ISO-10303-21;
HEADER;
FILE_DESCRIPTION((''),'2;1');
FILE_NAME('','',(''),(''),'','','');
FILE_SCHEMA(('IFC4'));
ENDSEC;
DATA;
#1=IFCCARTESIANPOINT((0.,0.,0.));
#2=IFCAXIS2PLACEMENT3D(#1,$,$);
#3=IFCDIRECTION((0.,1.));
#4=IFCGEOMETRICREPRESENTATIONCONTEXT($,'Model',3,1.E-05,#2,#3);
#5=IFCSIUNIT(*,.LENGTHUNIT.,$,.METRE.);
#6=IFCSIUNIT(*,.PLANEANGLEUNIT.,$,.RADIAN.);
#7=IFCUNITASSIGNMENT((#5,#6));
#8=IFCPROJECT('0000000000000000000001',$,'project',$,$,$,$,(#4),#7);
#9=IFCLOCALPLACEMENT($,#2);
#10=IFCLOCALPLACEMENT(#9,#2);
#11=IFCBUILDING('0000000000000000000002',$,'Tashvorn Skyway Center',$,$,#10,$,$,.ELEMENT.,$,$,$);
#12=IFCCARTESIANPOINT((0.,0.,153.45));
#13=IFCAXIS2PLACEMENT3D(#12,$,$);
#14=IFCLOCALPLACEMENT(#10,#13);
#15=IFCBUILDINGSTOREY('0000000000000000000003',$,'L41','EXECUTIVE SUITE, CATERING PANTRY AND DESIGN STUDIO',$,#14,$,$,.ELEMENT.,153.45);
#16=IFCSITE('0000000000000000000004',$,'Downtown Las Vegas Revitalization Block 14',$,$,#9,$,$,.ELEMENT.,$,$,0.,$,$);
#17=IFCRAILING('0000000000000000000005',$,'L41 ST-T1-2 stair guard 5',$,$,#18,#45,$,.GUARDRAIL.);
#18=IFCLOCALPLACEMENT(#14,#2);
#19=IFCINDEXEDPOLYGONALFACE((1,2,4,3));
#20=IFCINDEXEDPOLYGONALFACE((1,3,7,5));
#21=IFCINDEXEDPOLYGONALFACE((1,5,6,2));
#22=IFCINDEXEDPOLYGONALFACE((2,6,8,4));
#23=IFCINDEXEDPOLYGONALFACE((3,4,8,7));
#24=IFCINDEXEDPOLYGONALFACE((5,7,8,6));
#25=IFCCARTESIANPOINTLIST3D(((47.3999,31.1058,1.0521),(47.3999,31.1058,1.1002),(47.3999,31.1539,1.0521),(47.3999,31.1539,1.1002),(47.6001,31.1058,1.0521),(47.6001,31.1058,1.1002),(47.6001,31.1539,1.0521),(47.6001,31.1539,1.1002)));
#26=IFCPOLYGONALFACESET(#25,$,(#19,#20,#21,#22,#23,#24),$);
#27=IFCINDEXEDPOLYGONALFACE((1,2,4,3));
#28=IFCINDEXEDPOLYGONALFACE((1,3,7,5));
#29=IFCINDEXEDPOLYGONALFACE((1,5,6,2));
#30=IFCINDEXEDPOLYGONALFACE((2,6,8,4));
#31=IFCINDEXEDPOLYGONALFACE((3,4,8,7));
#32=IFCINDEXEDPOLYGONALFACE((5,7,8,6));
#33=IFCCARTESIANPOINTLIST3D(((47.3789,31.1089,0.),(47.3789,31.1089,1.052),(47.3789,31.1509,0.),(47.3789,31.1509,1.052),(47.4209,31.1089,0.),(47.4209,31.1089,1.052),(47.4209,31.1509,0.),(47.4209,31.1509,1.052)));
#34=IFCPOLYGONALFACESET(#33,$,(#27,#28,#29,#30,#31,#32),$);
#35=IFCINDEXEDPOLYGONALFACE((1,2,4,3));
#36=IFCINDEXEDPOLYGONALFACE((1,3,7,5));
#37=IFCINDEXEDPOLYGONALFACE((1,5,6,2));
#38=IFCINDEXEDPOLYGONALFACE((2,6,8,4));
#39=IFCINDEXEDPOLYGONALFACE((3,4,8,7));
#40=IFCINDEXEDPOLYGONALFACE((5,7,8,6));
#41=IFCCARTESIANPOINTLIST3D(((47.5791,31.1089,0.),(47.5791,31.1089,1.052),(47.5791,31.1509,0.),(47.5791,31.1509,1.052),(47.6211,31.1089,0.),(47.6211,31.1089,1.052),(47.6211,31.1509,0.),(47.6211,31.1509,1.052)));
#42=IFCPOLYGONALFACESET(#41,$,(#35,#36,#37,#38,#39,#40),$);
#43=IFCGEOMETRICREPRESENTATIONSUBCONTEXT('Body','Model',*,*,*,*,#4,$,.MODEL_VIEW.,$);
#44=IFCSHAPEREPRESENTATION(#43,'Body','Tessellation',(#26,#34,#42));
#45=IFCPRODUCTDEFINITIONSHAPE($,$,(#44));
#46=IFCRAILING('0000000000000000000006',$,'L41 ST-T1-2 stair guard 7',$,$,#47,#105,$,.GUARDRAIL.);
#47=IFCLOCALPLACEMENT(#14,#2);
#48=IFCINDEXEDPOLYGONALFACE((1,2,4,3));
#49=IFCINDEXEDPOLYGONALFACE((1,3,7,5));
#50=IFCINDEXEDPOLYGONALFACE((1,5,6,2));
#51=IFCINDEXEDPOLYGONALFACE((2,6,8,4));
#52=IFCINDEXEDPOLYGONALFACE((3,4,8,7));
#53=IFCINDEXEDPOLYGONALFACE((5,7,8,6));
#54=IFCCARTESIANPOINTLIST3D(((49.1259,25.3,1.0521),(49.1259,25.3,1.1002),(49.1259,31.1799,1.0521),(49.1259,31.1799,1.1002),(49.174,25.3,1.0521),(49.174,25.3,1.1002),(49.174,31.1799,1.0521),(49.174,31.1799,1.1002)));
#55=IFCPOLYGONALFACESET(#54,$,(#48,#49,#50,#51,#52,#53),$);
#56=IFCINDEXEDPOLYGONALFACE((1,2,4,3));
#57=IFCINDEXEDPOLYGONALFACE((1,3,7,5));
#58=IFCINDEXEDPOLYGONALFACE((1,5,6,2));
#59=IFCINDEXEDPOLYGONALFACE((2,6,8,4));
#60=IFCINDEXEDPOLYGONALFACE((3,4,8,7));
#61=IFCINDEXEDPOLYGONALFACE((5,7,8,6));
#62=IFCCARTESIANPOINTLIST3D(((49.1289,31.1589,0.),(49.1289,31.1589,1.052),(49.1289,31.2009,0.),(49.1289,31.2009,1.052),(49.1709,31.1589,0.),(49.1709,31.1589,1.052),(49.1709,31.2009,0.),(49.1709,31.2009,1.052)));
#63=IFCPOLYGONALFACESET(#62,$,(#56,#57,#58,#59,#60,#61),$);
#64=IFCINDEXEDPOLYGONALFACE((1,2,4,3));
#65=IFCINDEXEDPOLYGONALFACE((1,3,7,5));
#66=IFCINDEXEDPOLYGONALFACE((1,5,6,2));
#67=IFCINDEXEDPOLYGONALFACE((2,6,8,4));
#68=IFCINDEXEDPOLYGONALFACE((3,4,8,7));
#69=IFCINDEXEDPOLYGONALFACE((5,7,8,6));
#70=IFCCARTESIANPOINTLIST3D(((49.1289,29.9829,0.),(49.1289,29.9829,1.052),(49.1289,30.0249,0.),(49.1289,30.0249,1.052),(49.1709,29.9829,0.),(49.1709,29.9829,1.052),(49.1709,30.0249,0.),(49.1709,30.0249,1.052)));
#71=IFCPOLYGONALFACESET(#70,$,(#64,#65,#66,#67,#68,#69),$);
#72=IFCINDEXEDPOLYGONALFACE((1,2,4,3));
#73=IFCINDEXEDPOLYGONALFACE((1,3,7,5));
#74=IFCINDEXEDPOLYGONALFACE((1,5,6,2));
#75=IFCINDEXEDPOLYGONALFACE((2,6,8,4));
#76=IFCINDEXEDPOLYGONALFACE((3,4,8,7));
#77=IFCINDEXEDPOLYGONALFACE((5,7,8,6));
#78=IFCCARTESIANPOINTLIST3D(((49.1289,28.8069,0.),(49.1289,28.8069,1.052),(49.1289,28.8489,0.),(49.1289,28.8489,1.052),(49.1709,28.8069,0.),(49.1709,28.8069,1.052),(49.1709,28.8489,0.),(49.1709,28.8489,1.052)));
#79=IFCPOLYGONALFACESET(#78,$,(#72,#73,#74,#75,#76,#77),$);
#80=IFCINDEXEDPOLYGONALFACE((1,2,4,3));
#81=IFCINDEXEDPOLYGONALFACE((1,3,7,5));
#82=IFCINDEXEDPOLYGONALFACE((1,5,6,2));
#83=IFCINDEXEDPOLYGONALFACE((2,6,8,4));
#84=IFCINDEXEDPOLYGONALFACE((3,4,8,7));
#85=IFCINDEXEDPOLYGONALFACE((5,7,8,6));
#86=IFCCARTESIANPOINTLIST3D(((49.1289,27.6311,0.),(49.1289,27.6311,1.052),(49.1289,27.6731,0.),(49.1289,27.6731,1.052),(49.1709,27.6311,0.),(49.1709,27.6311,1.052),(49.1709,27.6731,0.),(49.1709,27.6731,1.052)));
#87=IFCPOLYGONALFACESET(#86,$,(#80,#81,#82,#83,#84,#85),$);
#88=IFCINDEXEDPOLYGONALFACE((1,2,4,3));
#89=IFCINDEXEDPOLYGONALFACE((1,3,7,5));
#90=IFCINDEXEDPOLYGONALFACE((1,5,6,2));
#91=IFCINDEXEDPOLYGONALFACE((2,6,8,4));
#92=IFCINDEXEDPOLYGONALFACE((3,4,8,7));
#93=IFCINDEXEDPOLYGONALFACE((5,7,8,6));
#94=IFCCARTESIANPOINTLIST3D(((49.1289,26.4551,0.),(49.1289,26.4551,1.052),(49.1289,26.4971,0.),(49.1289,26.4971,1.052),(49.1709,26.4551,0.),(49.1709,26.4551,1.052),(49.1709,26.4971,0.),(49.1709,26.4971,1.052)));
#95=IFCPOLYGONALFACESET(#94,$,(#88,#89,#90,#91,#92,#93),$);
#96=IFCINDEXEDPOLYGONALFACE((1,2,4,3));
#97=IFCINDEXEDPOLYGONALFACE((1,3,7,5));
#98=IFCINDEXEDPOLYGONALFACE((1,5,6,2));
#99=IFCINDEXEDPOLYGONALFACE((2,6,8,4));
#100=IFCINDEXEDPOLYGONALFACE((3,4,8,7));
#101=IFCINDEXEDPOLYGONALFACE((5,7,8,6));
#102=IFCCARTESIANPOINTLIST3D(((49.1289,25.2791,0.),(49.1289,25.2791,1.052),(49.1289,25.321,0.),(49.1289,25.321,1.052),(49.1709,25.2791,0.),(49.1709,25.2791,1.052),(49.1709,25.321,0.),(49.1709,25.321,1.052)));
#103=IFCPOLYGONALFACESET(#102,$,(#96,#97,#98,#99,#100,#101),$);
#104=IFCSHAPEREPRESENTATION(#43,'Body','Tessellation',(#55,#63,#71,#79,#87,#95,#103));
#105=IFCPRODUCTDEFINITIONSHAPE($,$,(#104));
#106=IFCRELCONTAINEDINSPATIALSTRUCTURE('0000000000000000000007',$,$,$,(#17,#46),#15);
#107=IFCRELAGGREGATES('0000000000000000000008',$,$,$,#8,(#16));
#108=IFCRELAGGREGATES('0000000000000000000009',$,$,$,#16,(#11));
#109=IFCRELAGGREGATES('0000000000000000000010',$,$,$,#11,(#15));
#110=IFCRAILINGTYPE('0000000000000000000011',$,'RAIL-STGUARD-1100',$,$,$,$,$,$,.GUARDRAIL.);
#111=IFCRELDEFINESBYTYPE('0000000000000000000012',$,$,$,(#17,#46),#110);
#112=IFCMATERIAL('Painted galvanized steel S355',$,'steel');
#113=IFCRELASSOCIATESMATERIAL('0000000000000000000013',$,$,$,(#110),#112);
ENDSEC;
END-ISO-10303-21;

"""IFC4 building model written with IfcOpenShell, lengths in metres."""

from ifc_helpers import new_model, si_unit, direction, frame, origin, origin_2d, place, context, subcontext, project, spatial, rectangle, extrude, material, type_object, element, save


model = new_model("IFC4")

# Units and contexts
model_context = context("Model", 3, precision=1e-05, world=origin(), true_north=direction((0.0, 1.0)))
body_context = subcontext(model_context, "Body", "Model", "MODEL_VIEW")
ifc_project = project(units=[si_unit("LENGTHUNIT", "METRE"), si_unit("PLANEANGLEUNIT", "RADIAN")], contexts=[model_context])

# Site, building, storey
site_placement = place(None, origin())
site = spatial("IfcSite", under=ifc_project, at=site_placement, Name="Downtown Las Vegas Revitalization Block 14", CompositionType="ELEMENT", RefElevation=0.0)
building_placement = place(site_placement, origin())
building = spatial("IfcBuilding", under=site, at=building_placement, Name="Tashvorn Skyway Center", CompositionType="ELEMENT")
storey_placement = place(building_placement, frame((0.0, 0.0, 153.45)))
storey = spatial("IfcBuildingStorey", under=building, at=storey_placement, Name="L41", Description="EXECUTIVE SUITE, CATERING PANTRY AND DESIGN STUDIO", CompositionType="ELEMENT", Elevation=153.45)

# Railings
ifc_material_1 = material(Name="Painted galvanized steel S355", Category="steel")
railing_type_1 = type_object("IfcRailingType", Name="RAIL-STGUARD-1100", PredefinedType="GUARDRAIL", material=ifc_material_1)
railing_1_placement = place(storey_placement, frame((47.3999, 31.1299, 0.0)))
element("IfcRailing", 1, at=railing_1_placement, inside=storey, type_object=railing_type_1, Name="L41 ST-T1-2 stair guard 5", PredefinedType="GUARDRAIL", context=body_context, shape_type="SweptSolid", body=[
    extrude(rectangle(XDim=0.0481, YDim=0.0481, at=origin_2d()), frame((0.0, 0.0, 1.0762), z_axis=(1.0, 0.0, 0.0), x_axis=(0.0, 1.0, 0.0)), (0.0, 0.0, 1.0), 0.2002),
    extrude(rectangle(XDim=0.042, YDim=0.042, at=origin_2d()), origin(), (0.0, 0.0, 1.0), 1.052),
    extrude(rectangle(XDim=0.042, YDim=0.042, at=origin_2d()), frame((0.2002, 0.0, 0.0)), (0.0, 0.0, 1.0), 1.052),
])
railing_2_placement = place(storey_placement, frame((49.1499, 31.1799, 0.0)))
element("IfcRailing", 2, at=railing_2_placement, inside=storey, type_object=railing_type_1, Name="L41 ST-T1-2 stair guard 7", PredefinedType="GUARDRAIL", context=body_context, shape_type="SweptSolid", body=[
    extrude(rectangle(XDim=0.0481, YDim=0.0481, at=origin_2d()), frame((0.0, 0.0, 1.0762), z_axis=(0.0, -1.0, 0.0), x_axis=(1.0, 0.0, 0.0)), (0.0, 0.0, 1.0), 5.8799),
    extrude(rectangle(XDim=0.042, YDim=0.042, at=origin_2d()), origin(), (0.0, 0.0, 1.0), 1.052),
    extrude(rectangle(XDim=0.042, YDim=0.042, at=origin_2d()), frame((0.0, -1.176, 0.0)), (0.0, 0.0, 1.0), 1.052),
    extrude(rectangle(XDim=0.042, YDim=0.042, at=origin_2d()), frame((0.0, -2.3521, 0.0)), (0.0, 0.0, 1.0), 1.052),
    extrude(rectangle(XDim=0.042, YDim=0.042, at=origin_2d()), frame((0.0, -3.5278, 0.0)), (0.0, 0.0, 1.0), 1.052),
    extrude(rectangle(XDim=0.042, YDim=0.042, at=origin_2d()), frame((0.0, -4.7039, 0.0)), (0.0, 0.0, 1.0), 1.052),
    extrude(rectangle(XDim=0.042, YDim=0.042, at=origin_2d()), frame((0.0, -5.8799, 0.0)), (0.0, 0.0, 1.0), 1.052),
])

save(model, "model.ifc")
